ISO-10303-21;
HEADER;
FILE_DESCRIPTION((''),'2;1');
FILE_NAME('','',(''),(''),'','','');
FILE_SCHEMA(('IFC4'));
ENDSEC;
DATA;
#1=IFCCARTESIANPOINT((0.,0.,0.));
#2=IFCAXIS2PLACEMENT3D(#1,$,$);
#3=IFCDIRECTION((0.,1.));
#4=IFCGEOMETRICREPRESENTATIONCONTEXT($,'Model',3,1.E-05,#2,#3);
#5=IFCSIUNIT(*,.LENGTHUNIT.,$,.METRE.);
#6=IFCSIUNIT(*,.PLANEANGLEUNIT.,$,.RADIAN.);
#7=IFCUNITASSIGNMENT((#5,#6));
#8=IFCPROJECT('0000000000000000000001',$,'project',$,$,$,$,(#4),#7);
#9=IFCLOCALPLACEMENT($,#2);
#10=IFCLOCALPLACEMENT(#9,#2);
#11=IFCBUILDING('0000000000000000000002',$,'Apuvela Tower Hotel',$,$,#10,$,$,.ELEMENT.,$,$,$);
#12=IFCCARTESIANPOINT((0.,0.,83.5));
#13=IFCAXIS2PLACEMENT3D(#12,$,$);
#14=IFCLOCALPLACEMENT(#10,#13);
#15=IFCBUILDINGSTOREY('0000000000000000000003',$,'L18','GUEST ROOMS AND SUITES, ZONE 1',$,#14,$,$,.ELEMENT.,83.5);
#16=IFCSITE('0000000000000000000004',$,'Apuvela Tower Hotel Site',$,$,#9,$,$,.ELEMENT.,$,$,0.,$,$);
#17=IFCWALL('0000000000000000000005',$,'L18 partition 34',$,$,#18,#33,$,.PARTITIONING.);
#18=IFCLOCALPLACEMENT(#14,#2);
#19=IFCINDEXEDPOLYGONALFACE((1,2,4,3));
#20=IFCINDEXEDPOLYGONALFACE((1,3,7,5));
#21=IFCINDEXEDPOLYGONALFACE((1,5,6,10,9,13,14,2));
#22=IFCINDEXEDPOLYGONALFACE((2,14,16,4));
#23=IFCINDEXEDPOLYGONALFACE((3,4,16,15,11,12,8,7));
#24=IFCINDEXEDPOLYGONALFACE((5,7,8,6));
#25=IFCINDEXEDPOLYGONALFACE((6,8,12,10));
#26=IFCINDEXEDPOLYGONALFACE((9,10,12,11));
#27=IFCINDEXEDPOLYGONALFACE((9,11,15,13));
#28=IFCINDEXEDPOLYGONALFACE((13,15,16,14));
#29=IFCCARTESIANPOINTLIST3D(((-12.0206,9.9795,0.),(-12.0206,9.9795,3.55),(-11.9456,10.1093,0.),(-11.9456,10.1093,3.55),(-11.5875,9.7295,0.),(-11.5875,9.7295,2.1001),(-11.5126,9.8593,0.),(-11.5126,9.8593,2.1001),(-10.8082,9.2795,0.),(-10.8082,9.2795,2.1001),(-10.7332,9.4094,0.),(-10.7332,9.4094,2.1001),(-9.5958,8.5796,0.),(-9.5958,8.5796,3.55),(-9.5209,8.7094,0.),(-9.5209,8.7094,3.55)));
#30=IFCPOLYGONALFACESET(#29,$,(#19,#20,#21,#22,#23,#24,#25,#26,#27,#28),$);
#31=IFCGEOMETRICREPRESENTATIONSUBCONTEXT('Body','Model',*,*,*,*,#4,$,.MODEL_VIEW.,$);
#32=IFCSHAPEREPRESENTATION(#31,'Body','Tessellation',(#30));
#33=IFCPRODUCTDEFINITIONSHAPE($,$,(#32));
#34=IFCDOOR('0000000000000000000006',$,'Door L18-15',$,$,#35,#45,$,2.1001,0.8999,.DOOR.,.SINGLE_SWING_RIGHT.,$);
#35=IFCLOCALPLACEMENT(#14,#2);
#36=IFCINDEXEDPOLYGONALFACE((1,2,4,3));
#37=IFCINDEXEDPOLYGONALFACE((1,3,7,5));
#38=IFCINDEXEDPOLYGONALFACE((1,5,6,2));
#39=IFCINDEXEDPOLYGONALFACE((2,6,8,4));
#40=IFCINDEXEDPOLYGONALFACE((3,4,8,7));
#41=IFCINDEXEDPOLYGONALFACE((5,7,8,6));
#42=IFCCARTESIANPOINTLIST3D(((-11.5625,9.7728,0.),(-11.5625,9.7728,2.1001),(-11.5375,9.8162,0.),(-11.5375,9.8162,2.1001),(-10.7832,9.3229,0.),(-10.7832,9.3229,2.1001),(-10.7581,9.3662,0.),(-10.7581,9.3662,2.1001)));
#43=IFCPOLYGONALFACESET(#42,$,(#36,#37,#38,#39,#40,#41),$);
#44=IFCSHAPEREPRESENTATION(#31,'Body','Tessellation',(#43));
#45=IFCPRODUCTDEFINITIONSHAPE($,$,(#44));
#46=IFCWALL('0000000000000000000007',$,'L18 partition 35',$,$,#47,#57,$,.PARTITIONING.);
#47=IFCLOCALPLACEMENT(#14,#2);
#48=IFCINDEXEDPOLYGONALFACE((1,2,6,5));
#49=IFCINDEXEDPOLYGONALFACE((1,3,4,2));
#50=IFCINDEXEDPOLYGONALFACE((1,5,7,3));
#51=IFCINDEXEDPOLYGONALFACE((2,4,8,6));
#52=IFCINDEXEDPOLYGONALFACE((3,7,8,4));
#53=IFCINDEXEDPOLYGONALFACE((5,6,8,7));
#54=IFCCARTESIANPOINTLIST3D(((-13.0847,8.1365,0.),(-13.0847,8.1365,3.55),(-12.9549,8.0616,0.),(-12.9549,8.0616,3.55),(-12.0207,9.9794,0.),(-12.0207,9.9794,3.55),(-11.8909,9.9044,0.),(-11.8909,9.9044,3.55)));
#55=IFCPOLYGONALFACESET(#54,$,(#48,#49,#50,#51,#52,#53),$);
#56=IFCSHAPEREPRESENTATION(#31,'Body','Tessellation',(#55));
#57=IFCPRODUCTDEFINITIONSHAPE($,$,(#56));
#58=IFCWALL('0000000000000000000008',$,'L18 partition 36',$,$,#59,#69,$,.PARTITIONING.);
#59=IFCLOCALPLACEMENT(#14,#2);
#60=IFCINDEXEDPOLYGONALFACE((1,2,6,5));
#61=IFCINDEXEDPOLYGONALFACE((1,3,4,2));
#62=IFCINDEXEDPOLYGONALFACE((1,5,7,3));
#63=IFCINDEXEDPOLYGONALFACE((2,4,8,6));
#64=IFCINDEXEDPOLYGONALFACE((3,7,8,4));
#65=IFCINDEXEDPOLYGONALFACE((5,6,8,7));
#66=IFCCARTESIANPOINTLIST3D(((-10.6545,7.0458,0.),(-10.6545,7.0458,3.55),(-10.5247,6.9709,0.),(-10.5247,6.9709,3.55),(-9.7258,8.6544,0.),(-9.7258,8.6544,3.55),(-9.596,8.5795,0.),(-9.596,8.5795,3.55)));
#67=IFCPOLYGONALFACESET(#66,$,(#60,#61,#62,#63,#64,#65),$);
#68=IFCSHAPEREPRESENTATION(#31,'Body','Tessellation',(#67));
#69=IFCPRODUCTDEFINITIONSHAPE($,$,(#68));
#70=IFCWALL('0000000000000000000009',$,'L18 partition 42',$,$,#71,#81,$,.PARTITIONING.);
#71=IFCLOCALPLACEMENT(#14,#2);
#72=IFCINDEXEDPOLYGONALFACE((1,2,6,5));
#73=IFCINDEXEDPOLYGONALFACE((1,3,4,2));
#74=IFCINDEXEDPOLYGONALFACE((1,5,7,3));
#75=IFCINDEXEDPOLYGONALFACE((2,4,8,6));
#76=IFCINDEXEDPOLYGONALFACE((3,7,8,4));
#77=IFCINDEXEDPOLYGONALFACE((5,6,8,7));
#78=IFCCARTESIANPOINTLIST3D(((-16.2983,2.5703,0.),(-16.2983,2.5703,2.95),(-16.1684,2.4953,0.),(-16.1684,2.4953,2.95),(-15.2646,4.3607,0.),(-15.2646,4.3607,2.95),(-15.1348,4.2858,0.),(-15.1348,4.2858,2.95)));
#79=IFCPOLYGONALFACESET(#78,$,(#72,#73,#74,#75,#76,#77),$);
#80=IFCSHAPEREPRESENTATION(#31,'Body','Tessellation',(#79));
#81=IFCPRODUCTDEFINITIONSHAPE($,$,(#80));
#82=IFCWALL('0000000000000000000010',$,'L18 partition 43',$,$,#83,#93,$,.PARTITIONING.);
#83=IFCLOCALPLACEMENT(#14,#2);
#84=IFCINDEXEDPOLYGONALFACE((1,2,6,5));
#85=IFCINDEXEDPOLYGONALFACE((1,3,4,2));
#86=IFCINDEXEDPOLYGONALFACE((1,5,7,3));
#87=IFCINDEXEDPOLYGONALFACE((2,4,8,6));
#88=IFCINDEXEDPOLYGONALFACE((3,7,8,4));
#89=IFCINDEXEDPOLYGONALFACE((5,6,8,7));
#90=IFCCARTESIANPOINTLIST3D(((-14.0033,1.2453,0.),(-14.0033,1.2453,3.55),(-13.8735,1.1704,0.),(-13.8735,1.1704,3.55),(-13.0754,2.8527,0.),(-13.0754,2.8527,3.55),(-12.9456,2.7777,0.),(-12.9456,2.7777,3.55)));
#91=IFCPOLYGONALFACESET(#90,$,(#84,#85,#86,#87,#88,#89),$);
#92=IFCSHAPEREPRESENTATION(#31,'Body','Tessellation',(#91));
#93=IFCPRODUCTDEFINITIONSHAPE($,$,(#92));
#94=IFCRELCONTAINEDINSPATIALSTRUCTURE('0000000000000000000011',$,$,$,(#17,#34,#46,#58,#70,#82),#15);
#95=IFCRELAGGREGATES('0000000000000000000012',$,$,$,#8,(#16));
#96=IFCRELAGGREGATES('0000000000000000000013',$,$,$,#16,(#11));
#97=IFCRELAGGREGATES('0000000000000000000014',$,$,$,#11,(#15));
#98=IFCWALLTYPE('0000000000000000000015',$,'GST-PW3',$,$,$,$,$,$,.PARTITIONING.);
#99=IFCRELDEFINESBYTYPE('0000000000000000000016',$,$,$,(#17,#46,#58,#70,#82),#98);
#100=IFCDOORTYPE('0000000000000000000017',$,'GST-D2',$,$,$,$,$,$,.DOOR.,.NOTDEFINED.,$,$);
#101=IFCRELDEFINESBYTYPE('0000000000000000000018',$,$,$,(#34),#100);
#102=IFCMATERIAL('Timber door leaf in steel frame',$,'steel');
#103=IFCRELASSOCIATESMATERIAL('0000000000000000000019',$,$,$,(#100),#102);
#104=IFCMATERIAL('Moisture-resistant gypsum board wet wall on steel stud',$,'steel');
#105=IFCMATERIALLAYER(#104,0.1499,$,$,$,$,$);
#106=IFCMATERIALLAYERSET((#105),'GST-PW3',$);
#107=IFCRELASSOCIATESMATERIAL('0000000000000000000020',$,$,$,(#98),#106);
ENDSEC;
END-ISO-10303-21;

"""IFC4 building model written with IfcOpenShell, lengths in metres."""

from ifc_helpers import new_model, si_unit, direction, frame, frame_2d, origin, place, context, subcontext, project, spatial, rectangle, extrude, material, layer, layer_set, type_object, element, fill, save


model = new_model("IFC4")

# Units and contexts
model_context = context("Model", 3, precision=1e-05, world=origin(), true_north=direction((0.0, 1.0)))
body_context = subcontext(model_context, "Body", "Model", "MODEL_VIEW")
ifc_project = project(units=[si_unit("LENGTHUNIT", "METRE"), si_unit("PLANEANGLEUNIT", "RADIAN")], contexts=[model_context])

# Site, building, storey
site_placement = place(None, origin())
site = spatial("IfcSite", under=ifc_project, at=site_placement, Name="Apuvela Tower Hotel Site", CompositionType="ELEMENT", RefElevation=0.0)
building_placement = place(site_placement, origin())
building = spatial("IfcBuilding", under=site, at=building_placement, Name="Apuvela Tower Hotel", CompositionType="ELEMENT")
storey_placement = place(building_placement, frame((0.0, 0.0, 83.5)))
storey = spatial("IfcBuildingStorey", under=building, at=storey_placement, Name="L18", Description="GUEST ROOMS AND SUITES, ZONE 1", CompositionType="ELEMENT", Elevation=83.5)

# Wall, opening, door
ifc_material_1 = material(Name="Timber door leaf in steel frame", Category="steel")
door_type_1 = type_object("IfcDoorType", Name="GST-D2", OperationType="NOTDEFINED", PredefinedType="DOOR", material=ifc_material_1)
ifc_material_2 = material(Name="Moisture-resistant gypsum board wet wall on steel stud", Category="steel")
ifc_layer_1 = layer(ifc_material_2, 0.1499)
ifc_layer_set_1 = layer_set([ifc_layer_1], Name="GST-PW3")
wall_type_1 = type_object("IfcWallType", Name="GST-PW3", PredefinedType="PARTITIONING", material=ifc_layer_set_1)
wall_1_placement = place(storey_placement, frame((-9.5583, 8.6445, 0.0), z_axis=(0.0, 0.0, 1.0), x_axis=(-0.866035, 0.499984, 0.0)))
wall_1 = element("IfcWall", 1, at=wall_1_placement, inside=storey, type_object=wall_type_1, Name="L18 partition 34", PredefinedType="PARTITIONING", context=body_context, shape_type="SweptSolid", body=[
    extrude(rectangle(XDim=2.7998, YDim=0.1499, at=frame_2d((1.3999, 0.0))), origin(), (0.0, 0.0, 1.0), 3.55),
])
opening_1_placement = place(wall_1_placement, frame((1.3999, 0.0, 0.0)))
opening_1 = element("IfcOpeningElement", 2, at=opening_1_placement, cuts=wall_1, PredefinedType="OPENING", context=body_context, shape_type="SweptSolid", body=[
    extrude(rectangle(XDim=0.8999, YDim=2.1001, at=frame_2d((0.45, 1.05))), frame((0.0, 0.085, 0.0), z_axis=(0.0, -1.0, 0.0), x_axis=(1.0, 0.0, 0.0)), (0.0, 0.0, 1.0), 0.1699),
])
door_1_placement = place(opening_1_placement, origin())
door_1 = element("IfcDoor", 3, at=door_1_placement, inside=storey, type_object=door_type_1, Name="Door L18-15", OperationType="SINGLE_SWING_RIGHT", OverallHeight=2.1001, OverallWidth=0.8999, PredefinedType="DOOR", context=body_context, shape_type="SweptSolid", body=[
    extrude(rectangle(XDim=0.8999, YDim=2.1001, at=frame_2d((0.45, 1.05))), frame((0.0, 0.0249, 0.0), z_axis=(0.0, -1.0, 0.0), x_axis=(1.0, 0.0, 0.0)), (0.0, 0.0, 1.0), 0.05),
])
fill(opening_1, door_1)

# Walls
wall_2_placement = place(storey_placement, frame((-11.9558, 9.9419, 0.0), z_axis=(0.0, 0.0, 1.0), x_axis=(-0.500014, -0.866017, 0.0)))
element("IfcWall", 4, at=wall_2_placement, inside=storey, type_object=wall_type_1, Name="L18 partition 35", PredefinedType="PARTITIONING", context=body_context, shape_type="SweptSolid", body=[
    extrude(rectangle(XDim=2.1279, YDim=0.1499, at=frame_2d((1.064, 0.0))), origin(), (0.0, 0.0, 1.0), 3.55),
])
wall_3_placement = place(storey_placement, frame((-9.6609, 8.6169, 0.0), z_axis=(0.0, 0.0, 1.0), x_axis=(-0.499984, -0.866035, 0.0)))
element("IfcWall", 5, at=wall_3_placement, inside=storey, type_object=wall_type_1, Name="L18 partition 36", PredefinedType="PARTITIONING", context=body_context, shape_type="SweptSolid", body=[
    extrude(rectangle(XDim=1.8574, YDim=0.1499, at=frame_2d((0.9287, 0.0))), origin(), (0.0, 0.0, 1.0), 3.55),
])
wall_4_placement = place(storey_placement, frame((-15.1997, 4.3232, 0.0), z_axis=(0.0, 0.0, 1.0), x_axis=(-0.499975, -0.86604, 0.0)))
element("IfcWall", 6, at=wall_4_placement, inside=storey, type_object=wall_type_1, Name="L18 partition 42", PredefinedType="PARTITIONING", context=body_context, shape_type="SweptSolid", body=[
    extrude(rectangle(XDim=2.0674, YDim=0.1499, at=frame_2d((1.0337, 0.0))), origin(), (0.0, 0.0, 1.0), 2.95),
])
wall_5_placement = place(storey_placement, frame((-13.0105, 2.8152, 0.0), z_axis=(0.0, 0.0, 1.0), x_axis=(-0.499973, -0.866041, 0.0)))
element("IfcWall", 7, at=wall_5_placement, inside=storey, type_object=wall_type_1, Name="L18 partition 43", PredefinedType="PARTITIONING", context=body_context, shape_type="SweptSolid", body=[
    extrude(rectangle(XDim=1.856, YDim=0.1499, at=frame_2d((0.928, 0.0))), origin(), (0.0, 0.0, 1.0), 3.55),
])

save(model, "model.ifc")
